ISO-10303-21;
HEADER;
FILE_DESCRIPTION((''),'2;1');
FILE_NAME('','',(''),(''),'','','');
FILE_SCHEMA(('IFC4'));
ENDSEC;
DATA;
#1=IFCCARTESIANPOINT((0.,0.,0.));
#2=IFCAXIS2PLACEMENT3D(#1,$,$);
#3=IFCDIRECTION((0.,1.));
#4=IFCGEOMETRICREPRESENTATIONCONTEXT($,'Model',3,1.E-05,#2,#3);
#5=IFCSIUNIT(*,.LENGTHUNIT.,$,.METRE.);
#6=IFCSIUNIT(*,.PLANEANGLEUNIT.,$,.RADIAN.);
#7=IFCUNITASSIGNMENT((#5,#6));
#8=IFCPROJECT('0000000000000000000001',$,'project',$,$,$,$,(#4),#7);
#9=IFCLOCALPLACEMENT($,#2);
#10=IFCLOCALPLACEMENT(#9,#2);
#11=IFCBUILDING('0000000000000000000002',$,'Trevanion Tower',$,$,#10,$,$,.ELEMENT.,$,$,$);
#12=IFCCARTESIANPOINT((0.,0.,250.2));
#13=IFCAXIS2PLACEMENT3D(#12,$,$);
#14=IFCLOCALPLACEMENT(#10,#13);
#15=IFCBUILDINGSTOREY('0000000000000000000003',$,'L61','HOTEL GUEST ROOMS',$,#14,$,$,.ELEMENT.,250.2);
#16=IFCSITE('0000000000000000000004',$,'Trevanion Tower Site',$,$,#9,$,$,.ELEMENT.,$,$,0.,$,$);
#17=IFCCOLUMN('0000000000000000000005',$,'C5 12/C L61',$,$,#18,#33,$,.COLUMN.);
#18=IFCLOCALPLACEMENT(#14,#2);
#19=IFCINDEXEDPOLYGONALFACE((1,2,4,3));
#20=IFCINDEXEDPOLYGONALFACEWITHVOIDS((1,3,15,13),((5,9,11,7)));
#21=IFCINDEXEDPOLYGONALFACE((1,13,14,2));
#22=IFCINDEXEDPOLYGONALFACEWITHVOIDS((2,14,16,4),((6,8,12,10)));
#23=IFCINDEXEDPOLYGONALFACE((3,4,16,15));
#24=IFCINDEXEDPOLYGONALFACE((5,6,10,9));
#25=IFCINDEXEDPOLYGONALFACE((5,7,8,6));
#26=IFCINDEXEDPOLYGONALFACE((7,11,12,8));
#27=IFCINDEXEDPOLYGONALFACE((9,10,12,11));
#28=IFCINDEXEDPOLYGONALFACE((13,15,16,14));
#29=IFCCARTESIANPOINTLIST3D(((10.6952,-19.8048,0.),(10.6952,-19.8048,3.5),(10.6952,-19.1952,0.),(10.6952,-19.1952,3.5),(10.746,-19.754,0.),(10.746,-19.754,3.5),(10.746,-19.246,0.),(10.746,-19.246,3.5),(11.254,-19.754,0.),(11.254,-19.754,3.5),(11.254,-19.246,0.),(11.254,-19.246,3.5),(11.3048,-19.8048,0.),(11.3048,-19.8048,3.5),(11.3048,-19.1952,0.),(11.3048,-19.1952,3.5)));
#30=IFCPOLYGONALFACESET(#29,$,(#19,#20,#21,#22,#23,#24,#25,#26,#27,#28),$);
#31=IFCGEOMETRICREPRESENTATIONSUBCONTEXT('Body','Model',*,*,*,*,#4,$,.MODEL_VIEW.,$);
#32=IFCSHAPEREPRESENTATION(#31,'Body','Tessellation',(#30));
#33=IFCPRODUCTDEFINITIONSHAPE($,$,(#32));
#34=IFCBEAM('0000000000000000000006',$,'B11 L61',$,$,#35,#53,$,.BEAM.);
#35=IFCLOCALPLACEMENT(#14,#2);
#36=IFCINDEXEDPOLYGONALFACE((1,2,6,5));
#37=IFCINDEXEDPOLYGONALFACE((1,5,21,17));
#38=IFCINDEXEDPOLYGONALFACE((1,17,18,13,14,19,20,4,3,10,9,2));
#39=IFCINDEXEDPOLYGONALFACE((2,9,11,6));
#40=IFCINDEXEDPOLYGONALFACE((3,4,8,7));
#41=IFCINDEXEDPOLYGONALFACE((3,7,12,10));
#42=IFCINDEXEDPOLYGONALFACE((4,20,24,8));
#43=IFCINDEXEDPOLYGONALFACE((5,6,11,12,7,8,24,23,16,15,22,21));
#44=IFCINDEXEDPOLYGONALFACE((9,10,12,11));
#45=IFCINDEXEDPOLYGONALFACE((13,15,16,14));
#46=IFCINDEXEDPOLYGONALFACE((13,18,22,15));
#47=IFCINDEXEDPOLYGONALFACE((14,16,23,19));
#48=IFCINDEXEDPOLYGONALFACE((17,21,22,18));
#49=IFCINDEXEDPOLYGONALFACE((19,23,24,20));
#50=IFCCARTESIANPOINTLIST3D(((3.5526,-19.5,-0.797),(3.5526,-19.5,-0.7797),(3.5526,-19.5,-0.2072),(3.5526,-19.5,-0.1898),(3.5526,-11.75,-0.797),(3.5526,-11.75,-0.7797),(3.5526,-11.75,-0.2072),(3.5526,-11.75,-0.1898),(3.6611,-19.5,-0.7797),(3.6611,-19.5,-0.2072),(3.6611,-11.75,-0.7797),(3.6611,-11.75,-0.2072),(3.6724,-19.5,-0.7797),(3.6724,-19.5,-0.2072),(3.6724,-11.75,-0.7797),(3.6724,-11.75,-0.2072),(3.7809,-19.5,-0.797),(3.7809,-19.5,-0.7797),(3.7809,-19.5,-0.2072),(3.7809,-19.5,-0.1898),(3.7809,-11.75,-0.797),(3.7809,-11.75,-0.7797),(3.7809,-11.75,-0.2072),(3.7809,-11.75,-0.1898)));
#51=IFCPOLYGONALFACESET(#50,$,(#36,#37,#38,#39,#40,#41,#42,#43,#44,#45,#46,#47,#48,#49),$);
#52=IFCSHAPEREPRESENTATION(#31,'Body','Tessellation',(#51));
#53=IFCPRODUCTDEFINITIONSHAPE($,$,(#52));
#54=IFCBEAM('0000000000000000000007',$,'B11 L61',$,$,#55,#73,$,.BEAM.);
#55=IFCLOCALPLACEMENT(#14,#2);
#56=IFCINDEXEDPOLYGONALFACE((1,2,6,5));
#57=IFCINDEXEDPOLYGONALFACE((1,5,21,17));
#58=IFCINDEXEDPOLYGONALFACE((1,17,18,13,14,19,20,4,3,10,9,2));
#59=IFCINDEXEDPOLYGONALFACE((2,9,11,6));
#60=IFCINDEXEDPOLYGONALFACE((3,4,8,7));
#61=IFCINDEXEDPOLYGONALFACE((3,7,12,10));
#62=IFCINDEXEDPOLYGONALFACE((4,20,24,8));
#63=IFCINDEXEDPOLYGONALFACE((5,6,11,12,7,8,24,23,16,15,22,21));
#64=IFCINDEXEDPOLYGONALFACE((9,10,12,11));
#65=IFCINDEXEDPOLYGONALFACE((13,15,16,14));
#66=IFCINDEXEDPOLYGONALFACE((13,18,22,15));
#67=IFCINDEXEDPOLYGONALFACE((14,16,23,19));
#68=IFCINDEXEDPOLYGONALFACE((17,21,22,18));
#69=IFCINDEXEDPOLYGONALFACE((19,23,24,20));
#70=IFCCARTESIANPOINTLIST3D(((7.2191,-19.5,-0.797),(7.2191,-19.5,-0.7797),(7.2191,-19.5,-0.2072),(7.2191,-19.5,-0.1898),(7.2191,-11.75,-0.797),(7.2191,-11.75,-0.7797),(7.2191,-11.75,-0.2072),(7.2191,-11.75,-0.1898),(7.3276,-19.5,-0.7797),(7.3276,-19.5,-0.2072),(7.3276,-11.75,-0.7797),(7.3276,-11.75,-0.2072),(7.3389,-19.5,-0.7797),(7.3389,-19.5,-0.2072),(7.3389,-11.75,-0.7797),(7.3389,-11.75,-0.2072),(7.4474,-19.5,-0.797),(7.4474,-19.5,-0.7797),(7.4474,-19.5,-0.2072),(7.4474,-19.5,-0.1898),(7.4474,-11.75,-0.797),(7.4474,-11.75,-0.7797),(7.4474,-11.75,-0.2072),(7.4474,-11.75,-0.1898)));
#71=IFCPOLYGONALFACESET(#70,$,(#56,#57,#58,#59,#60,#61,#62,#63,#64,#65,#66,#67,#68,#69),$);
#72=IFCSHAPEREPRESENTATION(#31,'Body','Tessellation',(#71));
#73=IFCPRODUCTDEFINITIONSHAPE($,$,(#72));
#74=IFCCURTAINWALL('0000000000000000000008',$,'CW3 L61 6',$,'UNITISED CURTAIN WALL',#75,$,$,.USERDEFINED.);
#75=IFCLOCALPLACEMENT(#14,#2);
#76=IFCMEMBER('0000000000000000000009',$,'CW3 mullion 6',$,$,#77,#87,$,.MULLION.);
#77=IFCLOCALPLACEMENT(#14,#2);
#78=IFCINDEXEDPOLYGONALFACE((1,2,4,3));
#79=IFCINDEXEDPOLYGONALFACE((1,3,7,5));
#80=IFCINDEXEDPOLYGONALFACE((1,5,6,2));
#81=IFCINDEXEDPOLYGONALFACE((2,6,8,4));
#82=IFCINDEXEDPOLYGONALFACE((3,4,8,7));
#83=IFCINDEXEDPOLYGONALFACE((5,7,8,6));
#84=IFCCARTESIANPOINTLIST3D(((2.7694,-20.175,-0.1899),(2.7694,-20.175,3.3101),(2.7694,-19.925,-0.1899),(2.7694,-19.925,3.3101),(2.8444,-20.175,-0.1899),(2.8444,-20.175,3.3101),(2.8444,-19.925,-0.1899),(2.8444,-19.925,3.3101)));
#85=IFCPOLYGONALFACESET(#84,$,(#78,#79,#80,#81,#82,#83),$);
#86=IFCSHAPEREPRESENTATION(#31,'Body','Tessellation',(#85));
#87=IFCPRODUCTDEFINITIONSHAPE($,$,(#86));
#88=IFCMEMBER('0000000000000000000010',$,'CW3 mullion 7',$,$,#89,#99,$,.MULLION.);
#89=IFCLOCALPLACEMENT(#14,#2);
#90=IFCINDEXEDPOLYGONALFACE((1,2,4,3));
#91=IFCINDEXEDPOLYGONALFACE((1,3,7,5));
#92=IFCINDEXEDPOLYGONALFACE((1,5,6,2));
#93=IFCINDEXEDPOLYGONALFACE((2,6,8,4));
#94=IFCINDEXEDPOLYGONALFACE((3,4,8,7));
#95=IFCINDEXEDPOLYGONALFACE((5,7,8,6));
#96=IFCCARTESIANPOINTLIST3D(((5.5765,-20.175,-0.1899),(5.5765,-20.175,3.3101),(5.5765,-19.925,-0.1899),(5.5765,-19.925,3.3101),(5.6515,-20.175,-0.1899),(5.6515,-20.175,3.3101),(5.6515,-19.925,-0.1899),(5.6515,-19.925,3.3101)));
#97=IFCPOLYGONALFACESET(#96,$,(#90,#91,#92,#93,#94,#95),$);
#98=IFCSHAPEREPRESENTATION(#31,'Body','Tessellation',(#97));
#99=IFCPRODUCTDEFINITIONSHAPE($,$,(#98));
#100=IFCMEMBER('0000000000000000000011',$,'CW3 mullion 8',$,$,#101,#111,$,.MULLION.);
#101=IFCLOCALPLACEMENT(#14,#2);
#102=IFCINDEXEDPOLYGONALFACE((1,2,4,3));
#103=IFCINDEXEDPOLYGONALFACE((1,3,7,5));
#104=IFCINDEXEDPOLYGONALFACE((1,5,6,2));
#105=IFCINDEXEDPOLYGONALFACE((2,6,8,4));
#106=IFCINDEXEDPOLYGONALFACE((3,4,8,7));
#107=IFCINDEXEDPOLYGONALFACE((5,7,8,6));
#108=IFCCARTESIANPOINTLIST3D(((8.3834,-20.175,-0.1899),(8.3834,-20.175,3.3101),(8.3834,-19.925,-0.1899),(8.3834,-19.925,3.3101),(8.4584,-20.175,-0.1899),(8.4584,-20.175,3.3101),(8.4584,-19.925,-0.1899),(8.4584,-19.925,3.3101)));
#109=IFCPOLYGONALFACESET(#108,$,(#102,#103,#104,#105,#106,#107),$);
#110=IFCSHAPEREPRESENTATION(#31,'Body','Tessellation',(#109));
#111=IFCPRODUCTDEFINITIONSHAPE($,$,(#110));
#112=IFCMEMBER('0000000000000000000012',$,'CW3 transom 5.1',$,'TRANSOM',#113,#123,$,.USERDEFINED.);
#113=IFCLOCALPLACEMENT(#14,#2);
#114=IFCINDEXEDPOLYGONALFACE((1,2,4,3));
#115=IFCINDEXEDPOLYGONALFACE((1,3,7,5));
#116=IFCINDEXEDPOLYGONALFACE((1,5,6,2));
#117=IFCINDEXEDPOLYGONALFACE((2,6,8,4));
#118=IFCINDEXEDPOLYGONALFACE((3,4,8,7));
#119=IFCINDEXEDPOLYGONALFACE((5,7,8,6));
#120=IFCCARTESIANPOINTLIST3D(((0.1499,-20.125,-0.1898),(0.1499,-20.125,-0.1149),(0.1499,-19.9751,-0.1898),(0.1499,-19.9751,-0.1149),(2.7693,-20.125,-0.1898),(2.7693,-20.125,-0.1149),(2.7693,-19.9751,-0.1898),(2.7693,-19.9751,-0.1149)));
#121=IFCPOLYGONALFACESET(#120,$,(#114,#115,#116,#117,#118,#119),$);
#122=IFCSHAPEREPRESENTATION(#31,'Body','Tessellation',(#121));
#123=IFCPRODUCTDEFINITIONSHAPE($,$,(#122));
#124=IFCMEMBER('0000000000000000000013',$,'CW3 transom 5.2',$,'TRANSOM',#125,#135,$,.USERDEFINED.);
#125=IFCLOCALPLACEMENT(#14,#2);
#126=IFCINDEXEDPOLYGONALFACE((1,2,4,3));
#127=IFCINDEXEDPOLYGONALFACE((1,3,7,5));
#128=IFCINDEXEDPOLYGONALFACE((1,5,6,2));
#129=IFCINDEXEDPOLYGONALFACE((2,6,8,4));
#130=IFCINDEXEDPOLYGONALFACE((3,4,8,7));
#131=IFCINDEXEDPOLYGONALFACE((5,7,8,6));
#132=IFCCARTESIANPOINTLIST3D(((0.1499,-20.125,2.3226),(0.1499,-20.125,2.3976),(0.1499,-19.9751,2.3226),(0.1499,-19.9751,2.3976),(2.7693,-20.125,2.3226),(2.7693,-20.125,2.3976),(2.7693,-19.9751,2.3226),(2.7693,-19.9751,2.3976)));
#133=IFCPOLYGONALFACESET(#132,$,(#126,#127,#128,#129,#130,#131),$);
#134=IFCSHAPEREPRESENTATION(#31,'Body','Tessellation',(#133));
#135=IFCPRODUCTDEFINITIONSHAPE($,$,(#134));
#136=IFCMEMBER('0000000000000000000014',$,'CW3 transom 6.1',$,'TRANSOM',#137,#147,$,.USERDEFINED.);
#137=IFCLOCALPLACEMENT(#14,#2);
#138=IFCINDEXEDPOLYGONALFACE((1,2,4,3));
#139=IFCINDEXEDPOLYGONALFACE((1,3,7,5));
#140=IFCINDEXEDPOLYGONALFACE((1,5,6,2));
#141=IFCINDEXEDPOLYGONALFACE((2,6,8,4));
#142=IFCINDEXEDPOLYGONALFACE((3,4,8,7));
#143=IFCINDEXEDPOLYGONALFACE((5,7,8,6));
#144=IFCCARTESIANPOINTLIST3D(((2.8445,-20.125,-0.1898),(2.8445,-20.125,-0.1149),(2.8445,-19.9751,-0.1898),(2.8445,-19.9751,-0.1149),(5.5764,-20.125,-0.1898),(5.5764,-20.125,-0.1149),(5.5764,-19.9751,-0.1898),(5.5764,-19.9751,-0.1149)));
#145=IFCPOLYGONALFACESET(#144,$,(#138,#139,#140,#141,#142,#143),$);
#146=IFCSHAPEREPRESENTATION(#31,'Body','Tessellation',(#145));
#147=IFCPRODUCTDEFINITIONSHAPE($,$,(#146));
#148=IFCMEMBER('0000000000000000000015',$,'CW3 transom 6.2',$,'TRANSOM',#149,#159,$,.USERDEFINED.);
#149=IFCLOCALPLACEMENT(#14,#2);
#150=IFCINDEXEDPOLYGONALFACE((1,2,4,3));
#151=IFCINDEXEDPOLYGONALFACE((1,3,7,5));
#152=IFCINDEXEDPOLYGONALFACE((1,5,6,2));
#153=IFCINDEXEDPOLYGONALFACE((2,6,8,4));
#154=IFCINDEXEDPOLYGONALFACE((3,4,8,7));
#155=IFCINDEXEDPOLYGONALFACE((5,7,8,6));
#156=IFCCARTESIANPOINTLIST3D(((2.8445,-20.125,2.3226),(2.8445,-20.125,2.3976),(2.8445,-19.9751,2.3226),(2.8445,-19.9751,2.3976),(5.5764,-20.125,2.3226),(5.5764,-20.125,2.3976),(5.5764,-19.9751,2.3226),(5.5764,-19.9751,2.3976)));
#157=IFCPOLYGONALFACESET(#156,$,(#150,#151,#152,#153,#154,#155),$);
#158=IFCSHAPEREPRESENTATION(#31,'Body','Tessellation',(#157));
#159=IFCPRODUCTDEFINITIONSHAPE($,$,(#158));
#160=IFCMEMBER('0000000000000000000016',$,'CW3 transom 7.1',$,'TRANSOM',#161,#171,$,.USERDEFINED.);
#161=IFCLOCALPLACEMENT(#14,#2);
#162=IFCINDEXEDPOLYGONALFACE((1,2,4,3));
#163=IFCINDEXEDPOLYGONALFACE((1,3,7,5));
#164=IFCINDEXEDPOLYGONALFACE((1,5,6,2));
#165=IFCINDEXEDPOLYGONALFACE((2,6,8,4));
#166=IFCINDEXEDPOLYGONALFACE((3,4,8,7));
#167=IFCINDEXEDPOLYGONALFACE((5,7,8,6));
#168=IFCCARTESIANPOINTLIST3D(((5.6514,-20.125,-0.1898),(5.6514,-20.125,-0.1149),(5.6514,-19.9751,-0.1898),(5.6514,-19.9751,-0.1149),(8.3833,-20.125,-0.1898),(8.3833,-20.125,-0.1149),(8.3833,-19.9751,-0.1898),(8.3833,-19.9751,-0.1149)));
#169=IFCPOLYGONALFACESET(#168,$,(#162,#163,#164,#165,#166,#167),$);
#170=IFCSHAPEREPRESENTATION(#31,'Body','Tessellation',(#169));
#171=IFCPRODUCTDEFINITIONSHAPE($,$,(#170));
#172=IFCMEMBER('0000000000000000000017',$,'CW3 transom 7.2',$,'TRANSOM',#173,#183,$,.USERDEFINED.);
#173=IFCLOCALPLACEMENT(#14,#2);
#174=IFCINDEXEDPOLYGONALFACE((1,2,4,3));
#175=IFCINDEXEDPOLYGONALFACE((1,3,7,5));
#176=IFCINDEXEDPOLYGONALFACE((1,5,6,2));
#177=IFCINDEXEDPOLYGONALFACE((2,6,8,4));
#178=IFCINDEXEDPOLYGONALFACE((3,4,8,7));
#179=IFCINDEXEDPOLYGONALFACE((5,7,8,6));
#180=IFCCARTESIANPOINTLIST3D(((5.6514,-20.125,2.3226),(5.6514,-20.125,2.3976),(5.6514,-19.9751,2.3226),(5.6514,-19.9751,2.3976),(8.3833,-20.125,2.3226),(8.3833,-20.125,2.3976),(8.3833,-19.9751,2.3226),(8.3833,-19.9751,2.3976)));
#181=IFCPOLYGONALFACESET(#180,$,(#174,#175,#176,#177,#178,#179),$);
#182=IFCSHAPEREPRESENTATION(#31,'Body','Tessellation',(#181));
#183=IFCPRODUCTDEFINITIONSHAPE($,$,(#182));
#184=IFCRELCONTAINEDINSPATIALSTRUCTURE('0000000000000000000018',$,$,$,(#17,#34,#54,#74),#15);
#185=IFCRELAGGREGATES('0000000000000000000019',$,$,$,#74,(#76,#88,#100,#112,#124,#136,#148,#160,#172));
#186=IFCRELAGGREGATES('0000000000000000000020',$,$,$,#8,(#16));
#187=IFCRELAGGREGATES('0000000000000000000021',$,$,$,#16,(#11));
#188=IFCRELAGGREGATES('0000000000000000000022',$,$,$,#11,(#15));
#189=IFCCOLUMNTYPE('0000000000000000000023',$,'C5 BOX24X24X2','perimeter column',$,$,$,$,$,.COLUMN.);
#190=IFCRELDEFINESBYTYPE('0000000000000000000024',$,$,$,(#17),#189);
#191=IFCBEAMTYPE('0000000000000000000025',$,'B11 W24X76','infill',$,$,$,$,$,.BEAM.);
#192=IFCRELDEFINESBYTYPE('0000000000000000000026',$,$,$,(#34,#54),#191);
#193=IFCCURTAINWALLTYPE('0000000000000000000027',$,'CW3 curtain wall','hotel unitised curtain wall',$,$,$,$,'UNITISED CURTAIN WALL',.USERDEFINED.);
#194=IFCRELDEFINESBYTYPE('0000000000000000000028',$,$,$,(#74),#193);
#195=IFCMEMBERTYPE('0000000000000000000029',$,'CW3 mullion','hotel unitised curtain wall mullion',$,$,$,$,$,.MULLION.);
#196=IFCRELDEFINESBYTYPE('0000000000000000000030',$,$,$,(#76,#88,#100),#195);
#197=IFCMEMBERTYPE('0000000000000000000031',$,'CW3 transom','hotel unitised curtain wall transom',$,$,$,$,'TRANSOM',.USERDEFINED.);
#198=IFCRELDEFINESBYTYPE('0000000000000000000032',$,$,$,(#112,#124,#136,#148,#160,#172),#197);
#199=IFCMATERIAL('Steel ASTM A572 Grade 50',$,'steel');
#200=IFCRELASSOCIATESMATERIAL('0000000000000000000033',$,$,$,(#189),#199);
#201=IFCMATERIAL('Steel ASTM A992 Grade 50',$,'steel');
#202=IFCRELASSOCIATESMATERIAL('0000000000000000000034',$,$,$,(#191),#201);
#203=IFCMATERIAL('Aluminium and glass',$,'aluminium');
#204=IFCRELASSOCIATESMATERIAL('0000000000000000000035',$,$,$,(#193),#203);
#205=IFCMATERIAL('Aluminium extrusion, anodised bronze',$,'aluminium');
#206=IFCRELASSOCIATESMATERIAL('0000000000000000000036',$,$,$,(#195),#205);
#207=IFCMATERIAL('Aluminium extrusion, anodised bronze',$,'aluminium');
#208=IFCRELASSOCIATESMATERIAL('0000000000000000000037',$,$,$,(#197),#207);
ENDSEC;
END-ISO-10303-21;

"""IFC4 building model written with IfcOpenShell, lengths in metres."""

from ifc_helpers import new_model, si_unit, direction, frame, origin, origin_2d, place, context, subcontext, project, spatial, rectangle, hollow_rectangle, i_section, extrude, material, material_profile, profile_set, type_object, element, aggregate, save


model = new_model("IFC4")

# Units and contexts
model_context = context("Model", 3, precision=1e-05, world=origin(), true_north=direction((0.0, 1.0)))
body_context = subcontext(model_context, "Body", "Model", "MODEL_VIEW")
ifc_project = project(units=[si_unit("LENGTHUNIT", "METRE"), si_unit("PLANEANGLEUNIT", "RADIAN")], contexts=[model_context])

# Site, building, storey
site_placement = place(None, origin())
site = spatial("IfcSite", under=ifc_project, at=site_placement, Name="Trevanion Tower Site", CompositionType="ELEMENT", RefElevation=0.0)
building_placement = place(site_placement, origin())
building = spatial("IfcBuilding", under=site, at=building_placement, Name="Trevanion Tower", CompositionType="ELEMENT")
storey_placement = place(building_placement, frame((0.0, 0.0, 250.2)))
storey = spatial("IfcBuildingStorey", under=building, at=storey_placement, Name="L61", Description="HOTEL GUEST ROOMS", CompositionType="ELEMENT", Elevation=250.2)

# Column
ifc_material_1 = material(Name="Steel ASTM A572 Grade 50", Category="steel")
ifc_material_profile_1 = material_profile(ifc_material_1, hollow_rectangle(XDim=0.6096, YDim=0.6096, WallThickness=0.0508, at=origin_2d()), Name="BOX24X24X2")
ifc_profile_set_1 = profile_set([ifc_material_profile_1], Name="Steel ASTM A572 Grade 50")
column_type = type_object("IfcColumnType", Name="C5 BOX24X24X2", Description="perimeter column", PredefinedType="COLUMN", material=ifc_profile_set_1)
column_placement = place(storey_placement, frame((11.0, -19.5, 0.0), z_axis=(0.0, 0.0, 1.0), x_axis=(1.0, 0.0, 0.0)))
element("IfcColumn", 1, at=column_placement, inside=storey, type_object=column_type, Name="C5 12/C L61", PredefinedType="COLUMN", context=body_context, shape_type="SweptSolid", body=[
    extrude(hollow_rectangle(XDim=0.6096, YDim=0.6096, WallThickness=0.0508, at=origin_2d()), origin(), (0.0, 0.0, 1.0), 3.5),
])

# Beams
ifc_material_2 = material(Name="Steel ASTM A992 Grade 50", Category="steel")
ifc_material_profile_2 = material_profile(ifc_material_2, i_section(OverallWidth=0.2283, OverallDepth=0.6072, WebThickness=0.0112, FlangeThickness=0.0173, at=origin_2d()), Name="W24X76")
ifc_profile_set_2 = profile_set([ifc_material_profile_2], Name="Steel ASTM A992 Grade 50")
beam_type = type_object("IfcBeamType", Name="B11 W24X76", Description="infill", PredefinedType="BEAM", material=ifc_profile_set_2)
for number, where, z_axis, x_axis, name in (
    (2, (3.6667, -11.75, -0.4934), (0.0, -1.0, 0.0), (1.0, 0.0, 0.0), "B11 L61"),
    (3, (7.3333, -11.75, -0.4934), (0.0, -1.0, 0.0), (1.0, 0.0, 0.0), "B11 L61"),
):
    element("IfcBeam", number, at=place(storey_placement, frame(where, z_axis=z_axis, x_axis=x_axis)), inside=storey, type_object=beam_type, Name=name, PredefinedType="BEAM", context=body_context, shape_type="SweptSolid", body=[
        extrude(i_section(OverallWidth=0.2283, OverallDepth=0.6072, WebThickness=0.0112, FlangeThickness=0.0173, at=origin_2d()), origin(), (0.0, 0.0, 1.0), 7.75),
    ])

# Curtain wall, members
ifc_material_3 = material(Name="Aluminium and glass", Category="aluminium")
curtain_wall_type = type_object("IfcCurtainWallType", Name="CW3 curtain wall", Description="hotel unitised curtain wall", ElementType="UNITISED CURTAIN WALL", PredefinedType="USERDEFINED", material=ifc_material_3)
curtain_wall_placement = place(storey_placement, origin())
curtain_wall = element("IfcCurtainWall", 4, at=curtain_wall_placement, inside=storey, type_object=curtain_wall_type, Name="CW3 L61 6", ObjectType="UNITISED CURTAIN WALL", PredefinedType="USERDEFINED")
ifc_material_4 = material(Name="Aluminium extrusion, anodised bronze", Category="aluminium")
ifc_material_profile_3 = material_profile(ifc_material_4, rectangle(XDim=0.075, YDim=0.25, at=origin_2d()), Name="CW3 mullion")
ifc_profile_set_3 = profile_set([ifc_material_profile_3], Name="Aluminium extrusion, anodised bronze")
member_type_1 = type_object("IfcMemberType", Name="CW3 mullion", Description="hotel unitised curtain wall mullion", PredefinedType="MULLION", material=ifc_profile_set_3)
member_1_placement = place(storey_placement, frame((2.8069, -20.05, -0.1899), z_axis=(0.0, 0.0, 1.0), x_axis=(1.0, 0.0, 0.0)))
member_1 = element("IfcMember", 5, at=member_1_placement, type_object=member_type_1, Name="CW3 mullion 6", PredefinedType="MULLION", context=body_context, shape_type="SweptSolid", body=[
    extrude(rectangle(XDim=0.075, YDim=0.25, at=origin_2d()), origin(), (0.0, 0.0, 1.0), 3.5),
])
member_2_placement = place(storey_placement, frame((5.614, -20.05, -0.1899), z_axis=(0.0, 0.0, 1.0), x_axis=(1.0, 0.0, 0.0)))
member_2 = element("IfcMember", 6, at=member_2_placement, type_object=member_type_1, Name="CW3 mullion 7", PredefinedType="MULLION", context=body_context, shape_type="SweptSolid", body=[
    extrude(rectangle(XDim=0.075, YDim=0.25, at=origin_2d()), origin(), (0.0, 0.0, 1.0), 3.5),
])
member_3_placement = place(storey_placement, frame((8.4209, -20.05, -0.1899), z_axis=(0.0, 0.0, 1.0), x_axis=(1.0, 0.0, 0.0)))
member_3 = element("IfcMember", 7, at=member_3_placement, type_object=member_type_1, Name="CW3 mullion 8", PredefinedType="MULLION", context=body_context, shape_type="SweptSolid", body=[
    extrude(rectangle(XDim=0.075, YDim=0.25, at=origin_2d()), origin(), (0.0, 0.0, 1.0), 3.5),
])
ifc_material_5 = material(Name="Aluminium extrusion, anodised bronze", Category="aluminium")
ifc_material_profile_4 = material_profile(ifc_material_5, rectangle(XDim=0.1499, YDim=0.075, at=origin_2d()), Name="CW3 transom")
ifc_profile_set_4 = profile_set([ifc_material_profile_4], Name="Aluminium extrusion, anodised bronze")
member_type_2 = type_object("IfcMemberType", Name="CW3 transom", Description="hotel unitised curtain wall transom", ElementType="TRANSOM", PredefinedType="USERDEFINED", material=ifc_profile_set_4)
member_4_placement = place(storey_placement, frame((0.1499, -20.05, -0.1523), z_axis=(1.0, 0.0, 0.0), x_axis=(0.0, 1.0, 0.0)))
member_4 = element("IfcMember", 8, at=member_4_placement, type_object=member_type_2, Name="CW3 transom 5.1", ObjectType="TRANSOM", PredefinedType="USERDEFINED", context=body_context, shape_type="SweptSolid", body=[
    extrude(rectangle(XDim=0.1499, YDim=0.075, at=origin_2d()), origin(), (0.0, 0.0, 1.0), 2.6194),
])
member_5_placement = place(storey_placement, frame((0.1499, -20.05, 2.3601), z_axis=(1.0, 0.0, 0.0), x_axis=(0.0, 1.0, 0.0)))
member_5 = element("IfcMember", 9, at=member_5_placement, type_object=member_type_2, Name="CW3 transom 5.2", ObjectType="TRANSOM", PredefinedType="USERDEFINED", context=body_context, shape_type="SweptSolid", body=[
    extrude(rectangle(XDim=0.1499, YDim=0.075, at=origin_2d()), origin(), (0.0, 0.0, 1.0), 2.6194),
])
member_6_placement = place(storey_placement, frame((2.8445, -20.05, -0.1523), z_axis=(1.0, 0.0, 0.0), x_axis=(0.0, 1.0, 0.0)))
member_6 = element("IfcMember", 10, at=member_6_placement, type_object=member_type_2, Name="CW3 transom 6.1", ObjectType="TRANSOM", PredefinedType="USERDEFINED", context=body_context, shape_type="SweptSolid", body=[
    extrude(rectangle(XDim=0.1499, YDim=0.075, at=origin_2d()), origin(), (0.0, 0.0, 1.0), 2.7319),
])
member_7_placement = place(storey_placement, frame((2.8445, -20.05, 2.3601), z_axis=(1.0, 0.0, 0.0), x_axis=(0.0, 1.0, 0.0)))
member_7 = element("IfcMember", 11, at=member_7_placement, type_object=member_type_2, Name="CW3 transom 6.2", ObjectType="TRANSOM", PredefinedType="USERDEFINED", context=body_context, shape_type="SweptSolid", body=[
    extrude(rectangle(XDim=0.1499, YDim=0.075, at=origin_2d()), origin(), (0.0, 0.0, 1.0), 2.7319),
])
member_8_placement = place(storey_placement, frame((5.6514, -20.05, -0.1523), z_axis=(1.0, 0.0, 0.0), x_axis=(0.0, 1.0, 0.0)))
member_8 = element("IfcMember", 12, at=member_8_placement, type_object=member_type_2, Name="CW3 transom 7.1", ObjectType="TRANSOM", PredefinedType="USERDEFINED", context=body_context, shape_type="SweptSolid", body=[
    extrude(rectangle(XDim=0.1499, YDim=0.075, at=origin_2d()), origin(), (0.0, 0.0, 1.0), 2.7319),
])
member_9_placement = place(storey_placement, frame((5.6514, -20.05, 2.3601), z_axis=(1.0, 0.0, 0.0), x_axis=(0.0, 1.0, 0.0)))
member_9 = element("IfcMember", 13, at=member_9_placement, type_object=member_type_2, Name="CW3 transom 7.2", ObjectType="TRANSOM", PredefinedType="USERDEFINED", context=body_context, shape_type="SweptSolid", body=[
    extrude(rectangle(XDim=0.1499, YDim=0.075, at=origin_2d()), origin(), (0.0, 0.0, 1.0), 2.7319),
])
aggregate(curtain_wall, [member_1, member_2, member_3, member_4, member_5, member_6, member_7, member_8, member_9])

save(model, "model.ifc")
